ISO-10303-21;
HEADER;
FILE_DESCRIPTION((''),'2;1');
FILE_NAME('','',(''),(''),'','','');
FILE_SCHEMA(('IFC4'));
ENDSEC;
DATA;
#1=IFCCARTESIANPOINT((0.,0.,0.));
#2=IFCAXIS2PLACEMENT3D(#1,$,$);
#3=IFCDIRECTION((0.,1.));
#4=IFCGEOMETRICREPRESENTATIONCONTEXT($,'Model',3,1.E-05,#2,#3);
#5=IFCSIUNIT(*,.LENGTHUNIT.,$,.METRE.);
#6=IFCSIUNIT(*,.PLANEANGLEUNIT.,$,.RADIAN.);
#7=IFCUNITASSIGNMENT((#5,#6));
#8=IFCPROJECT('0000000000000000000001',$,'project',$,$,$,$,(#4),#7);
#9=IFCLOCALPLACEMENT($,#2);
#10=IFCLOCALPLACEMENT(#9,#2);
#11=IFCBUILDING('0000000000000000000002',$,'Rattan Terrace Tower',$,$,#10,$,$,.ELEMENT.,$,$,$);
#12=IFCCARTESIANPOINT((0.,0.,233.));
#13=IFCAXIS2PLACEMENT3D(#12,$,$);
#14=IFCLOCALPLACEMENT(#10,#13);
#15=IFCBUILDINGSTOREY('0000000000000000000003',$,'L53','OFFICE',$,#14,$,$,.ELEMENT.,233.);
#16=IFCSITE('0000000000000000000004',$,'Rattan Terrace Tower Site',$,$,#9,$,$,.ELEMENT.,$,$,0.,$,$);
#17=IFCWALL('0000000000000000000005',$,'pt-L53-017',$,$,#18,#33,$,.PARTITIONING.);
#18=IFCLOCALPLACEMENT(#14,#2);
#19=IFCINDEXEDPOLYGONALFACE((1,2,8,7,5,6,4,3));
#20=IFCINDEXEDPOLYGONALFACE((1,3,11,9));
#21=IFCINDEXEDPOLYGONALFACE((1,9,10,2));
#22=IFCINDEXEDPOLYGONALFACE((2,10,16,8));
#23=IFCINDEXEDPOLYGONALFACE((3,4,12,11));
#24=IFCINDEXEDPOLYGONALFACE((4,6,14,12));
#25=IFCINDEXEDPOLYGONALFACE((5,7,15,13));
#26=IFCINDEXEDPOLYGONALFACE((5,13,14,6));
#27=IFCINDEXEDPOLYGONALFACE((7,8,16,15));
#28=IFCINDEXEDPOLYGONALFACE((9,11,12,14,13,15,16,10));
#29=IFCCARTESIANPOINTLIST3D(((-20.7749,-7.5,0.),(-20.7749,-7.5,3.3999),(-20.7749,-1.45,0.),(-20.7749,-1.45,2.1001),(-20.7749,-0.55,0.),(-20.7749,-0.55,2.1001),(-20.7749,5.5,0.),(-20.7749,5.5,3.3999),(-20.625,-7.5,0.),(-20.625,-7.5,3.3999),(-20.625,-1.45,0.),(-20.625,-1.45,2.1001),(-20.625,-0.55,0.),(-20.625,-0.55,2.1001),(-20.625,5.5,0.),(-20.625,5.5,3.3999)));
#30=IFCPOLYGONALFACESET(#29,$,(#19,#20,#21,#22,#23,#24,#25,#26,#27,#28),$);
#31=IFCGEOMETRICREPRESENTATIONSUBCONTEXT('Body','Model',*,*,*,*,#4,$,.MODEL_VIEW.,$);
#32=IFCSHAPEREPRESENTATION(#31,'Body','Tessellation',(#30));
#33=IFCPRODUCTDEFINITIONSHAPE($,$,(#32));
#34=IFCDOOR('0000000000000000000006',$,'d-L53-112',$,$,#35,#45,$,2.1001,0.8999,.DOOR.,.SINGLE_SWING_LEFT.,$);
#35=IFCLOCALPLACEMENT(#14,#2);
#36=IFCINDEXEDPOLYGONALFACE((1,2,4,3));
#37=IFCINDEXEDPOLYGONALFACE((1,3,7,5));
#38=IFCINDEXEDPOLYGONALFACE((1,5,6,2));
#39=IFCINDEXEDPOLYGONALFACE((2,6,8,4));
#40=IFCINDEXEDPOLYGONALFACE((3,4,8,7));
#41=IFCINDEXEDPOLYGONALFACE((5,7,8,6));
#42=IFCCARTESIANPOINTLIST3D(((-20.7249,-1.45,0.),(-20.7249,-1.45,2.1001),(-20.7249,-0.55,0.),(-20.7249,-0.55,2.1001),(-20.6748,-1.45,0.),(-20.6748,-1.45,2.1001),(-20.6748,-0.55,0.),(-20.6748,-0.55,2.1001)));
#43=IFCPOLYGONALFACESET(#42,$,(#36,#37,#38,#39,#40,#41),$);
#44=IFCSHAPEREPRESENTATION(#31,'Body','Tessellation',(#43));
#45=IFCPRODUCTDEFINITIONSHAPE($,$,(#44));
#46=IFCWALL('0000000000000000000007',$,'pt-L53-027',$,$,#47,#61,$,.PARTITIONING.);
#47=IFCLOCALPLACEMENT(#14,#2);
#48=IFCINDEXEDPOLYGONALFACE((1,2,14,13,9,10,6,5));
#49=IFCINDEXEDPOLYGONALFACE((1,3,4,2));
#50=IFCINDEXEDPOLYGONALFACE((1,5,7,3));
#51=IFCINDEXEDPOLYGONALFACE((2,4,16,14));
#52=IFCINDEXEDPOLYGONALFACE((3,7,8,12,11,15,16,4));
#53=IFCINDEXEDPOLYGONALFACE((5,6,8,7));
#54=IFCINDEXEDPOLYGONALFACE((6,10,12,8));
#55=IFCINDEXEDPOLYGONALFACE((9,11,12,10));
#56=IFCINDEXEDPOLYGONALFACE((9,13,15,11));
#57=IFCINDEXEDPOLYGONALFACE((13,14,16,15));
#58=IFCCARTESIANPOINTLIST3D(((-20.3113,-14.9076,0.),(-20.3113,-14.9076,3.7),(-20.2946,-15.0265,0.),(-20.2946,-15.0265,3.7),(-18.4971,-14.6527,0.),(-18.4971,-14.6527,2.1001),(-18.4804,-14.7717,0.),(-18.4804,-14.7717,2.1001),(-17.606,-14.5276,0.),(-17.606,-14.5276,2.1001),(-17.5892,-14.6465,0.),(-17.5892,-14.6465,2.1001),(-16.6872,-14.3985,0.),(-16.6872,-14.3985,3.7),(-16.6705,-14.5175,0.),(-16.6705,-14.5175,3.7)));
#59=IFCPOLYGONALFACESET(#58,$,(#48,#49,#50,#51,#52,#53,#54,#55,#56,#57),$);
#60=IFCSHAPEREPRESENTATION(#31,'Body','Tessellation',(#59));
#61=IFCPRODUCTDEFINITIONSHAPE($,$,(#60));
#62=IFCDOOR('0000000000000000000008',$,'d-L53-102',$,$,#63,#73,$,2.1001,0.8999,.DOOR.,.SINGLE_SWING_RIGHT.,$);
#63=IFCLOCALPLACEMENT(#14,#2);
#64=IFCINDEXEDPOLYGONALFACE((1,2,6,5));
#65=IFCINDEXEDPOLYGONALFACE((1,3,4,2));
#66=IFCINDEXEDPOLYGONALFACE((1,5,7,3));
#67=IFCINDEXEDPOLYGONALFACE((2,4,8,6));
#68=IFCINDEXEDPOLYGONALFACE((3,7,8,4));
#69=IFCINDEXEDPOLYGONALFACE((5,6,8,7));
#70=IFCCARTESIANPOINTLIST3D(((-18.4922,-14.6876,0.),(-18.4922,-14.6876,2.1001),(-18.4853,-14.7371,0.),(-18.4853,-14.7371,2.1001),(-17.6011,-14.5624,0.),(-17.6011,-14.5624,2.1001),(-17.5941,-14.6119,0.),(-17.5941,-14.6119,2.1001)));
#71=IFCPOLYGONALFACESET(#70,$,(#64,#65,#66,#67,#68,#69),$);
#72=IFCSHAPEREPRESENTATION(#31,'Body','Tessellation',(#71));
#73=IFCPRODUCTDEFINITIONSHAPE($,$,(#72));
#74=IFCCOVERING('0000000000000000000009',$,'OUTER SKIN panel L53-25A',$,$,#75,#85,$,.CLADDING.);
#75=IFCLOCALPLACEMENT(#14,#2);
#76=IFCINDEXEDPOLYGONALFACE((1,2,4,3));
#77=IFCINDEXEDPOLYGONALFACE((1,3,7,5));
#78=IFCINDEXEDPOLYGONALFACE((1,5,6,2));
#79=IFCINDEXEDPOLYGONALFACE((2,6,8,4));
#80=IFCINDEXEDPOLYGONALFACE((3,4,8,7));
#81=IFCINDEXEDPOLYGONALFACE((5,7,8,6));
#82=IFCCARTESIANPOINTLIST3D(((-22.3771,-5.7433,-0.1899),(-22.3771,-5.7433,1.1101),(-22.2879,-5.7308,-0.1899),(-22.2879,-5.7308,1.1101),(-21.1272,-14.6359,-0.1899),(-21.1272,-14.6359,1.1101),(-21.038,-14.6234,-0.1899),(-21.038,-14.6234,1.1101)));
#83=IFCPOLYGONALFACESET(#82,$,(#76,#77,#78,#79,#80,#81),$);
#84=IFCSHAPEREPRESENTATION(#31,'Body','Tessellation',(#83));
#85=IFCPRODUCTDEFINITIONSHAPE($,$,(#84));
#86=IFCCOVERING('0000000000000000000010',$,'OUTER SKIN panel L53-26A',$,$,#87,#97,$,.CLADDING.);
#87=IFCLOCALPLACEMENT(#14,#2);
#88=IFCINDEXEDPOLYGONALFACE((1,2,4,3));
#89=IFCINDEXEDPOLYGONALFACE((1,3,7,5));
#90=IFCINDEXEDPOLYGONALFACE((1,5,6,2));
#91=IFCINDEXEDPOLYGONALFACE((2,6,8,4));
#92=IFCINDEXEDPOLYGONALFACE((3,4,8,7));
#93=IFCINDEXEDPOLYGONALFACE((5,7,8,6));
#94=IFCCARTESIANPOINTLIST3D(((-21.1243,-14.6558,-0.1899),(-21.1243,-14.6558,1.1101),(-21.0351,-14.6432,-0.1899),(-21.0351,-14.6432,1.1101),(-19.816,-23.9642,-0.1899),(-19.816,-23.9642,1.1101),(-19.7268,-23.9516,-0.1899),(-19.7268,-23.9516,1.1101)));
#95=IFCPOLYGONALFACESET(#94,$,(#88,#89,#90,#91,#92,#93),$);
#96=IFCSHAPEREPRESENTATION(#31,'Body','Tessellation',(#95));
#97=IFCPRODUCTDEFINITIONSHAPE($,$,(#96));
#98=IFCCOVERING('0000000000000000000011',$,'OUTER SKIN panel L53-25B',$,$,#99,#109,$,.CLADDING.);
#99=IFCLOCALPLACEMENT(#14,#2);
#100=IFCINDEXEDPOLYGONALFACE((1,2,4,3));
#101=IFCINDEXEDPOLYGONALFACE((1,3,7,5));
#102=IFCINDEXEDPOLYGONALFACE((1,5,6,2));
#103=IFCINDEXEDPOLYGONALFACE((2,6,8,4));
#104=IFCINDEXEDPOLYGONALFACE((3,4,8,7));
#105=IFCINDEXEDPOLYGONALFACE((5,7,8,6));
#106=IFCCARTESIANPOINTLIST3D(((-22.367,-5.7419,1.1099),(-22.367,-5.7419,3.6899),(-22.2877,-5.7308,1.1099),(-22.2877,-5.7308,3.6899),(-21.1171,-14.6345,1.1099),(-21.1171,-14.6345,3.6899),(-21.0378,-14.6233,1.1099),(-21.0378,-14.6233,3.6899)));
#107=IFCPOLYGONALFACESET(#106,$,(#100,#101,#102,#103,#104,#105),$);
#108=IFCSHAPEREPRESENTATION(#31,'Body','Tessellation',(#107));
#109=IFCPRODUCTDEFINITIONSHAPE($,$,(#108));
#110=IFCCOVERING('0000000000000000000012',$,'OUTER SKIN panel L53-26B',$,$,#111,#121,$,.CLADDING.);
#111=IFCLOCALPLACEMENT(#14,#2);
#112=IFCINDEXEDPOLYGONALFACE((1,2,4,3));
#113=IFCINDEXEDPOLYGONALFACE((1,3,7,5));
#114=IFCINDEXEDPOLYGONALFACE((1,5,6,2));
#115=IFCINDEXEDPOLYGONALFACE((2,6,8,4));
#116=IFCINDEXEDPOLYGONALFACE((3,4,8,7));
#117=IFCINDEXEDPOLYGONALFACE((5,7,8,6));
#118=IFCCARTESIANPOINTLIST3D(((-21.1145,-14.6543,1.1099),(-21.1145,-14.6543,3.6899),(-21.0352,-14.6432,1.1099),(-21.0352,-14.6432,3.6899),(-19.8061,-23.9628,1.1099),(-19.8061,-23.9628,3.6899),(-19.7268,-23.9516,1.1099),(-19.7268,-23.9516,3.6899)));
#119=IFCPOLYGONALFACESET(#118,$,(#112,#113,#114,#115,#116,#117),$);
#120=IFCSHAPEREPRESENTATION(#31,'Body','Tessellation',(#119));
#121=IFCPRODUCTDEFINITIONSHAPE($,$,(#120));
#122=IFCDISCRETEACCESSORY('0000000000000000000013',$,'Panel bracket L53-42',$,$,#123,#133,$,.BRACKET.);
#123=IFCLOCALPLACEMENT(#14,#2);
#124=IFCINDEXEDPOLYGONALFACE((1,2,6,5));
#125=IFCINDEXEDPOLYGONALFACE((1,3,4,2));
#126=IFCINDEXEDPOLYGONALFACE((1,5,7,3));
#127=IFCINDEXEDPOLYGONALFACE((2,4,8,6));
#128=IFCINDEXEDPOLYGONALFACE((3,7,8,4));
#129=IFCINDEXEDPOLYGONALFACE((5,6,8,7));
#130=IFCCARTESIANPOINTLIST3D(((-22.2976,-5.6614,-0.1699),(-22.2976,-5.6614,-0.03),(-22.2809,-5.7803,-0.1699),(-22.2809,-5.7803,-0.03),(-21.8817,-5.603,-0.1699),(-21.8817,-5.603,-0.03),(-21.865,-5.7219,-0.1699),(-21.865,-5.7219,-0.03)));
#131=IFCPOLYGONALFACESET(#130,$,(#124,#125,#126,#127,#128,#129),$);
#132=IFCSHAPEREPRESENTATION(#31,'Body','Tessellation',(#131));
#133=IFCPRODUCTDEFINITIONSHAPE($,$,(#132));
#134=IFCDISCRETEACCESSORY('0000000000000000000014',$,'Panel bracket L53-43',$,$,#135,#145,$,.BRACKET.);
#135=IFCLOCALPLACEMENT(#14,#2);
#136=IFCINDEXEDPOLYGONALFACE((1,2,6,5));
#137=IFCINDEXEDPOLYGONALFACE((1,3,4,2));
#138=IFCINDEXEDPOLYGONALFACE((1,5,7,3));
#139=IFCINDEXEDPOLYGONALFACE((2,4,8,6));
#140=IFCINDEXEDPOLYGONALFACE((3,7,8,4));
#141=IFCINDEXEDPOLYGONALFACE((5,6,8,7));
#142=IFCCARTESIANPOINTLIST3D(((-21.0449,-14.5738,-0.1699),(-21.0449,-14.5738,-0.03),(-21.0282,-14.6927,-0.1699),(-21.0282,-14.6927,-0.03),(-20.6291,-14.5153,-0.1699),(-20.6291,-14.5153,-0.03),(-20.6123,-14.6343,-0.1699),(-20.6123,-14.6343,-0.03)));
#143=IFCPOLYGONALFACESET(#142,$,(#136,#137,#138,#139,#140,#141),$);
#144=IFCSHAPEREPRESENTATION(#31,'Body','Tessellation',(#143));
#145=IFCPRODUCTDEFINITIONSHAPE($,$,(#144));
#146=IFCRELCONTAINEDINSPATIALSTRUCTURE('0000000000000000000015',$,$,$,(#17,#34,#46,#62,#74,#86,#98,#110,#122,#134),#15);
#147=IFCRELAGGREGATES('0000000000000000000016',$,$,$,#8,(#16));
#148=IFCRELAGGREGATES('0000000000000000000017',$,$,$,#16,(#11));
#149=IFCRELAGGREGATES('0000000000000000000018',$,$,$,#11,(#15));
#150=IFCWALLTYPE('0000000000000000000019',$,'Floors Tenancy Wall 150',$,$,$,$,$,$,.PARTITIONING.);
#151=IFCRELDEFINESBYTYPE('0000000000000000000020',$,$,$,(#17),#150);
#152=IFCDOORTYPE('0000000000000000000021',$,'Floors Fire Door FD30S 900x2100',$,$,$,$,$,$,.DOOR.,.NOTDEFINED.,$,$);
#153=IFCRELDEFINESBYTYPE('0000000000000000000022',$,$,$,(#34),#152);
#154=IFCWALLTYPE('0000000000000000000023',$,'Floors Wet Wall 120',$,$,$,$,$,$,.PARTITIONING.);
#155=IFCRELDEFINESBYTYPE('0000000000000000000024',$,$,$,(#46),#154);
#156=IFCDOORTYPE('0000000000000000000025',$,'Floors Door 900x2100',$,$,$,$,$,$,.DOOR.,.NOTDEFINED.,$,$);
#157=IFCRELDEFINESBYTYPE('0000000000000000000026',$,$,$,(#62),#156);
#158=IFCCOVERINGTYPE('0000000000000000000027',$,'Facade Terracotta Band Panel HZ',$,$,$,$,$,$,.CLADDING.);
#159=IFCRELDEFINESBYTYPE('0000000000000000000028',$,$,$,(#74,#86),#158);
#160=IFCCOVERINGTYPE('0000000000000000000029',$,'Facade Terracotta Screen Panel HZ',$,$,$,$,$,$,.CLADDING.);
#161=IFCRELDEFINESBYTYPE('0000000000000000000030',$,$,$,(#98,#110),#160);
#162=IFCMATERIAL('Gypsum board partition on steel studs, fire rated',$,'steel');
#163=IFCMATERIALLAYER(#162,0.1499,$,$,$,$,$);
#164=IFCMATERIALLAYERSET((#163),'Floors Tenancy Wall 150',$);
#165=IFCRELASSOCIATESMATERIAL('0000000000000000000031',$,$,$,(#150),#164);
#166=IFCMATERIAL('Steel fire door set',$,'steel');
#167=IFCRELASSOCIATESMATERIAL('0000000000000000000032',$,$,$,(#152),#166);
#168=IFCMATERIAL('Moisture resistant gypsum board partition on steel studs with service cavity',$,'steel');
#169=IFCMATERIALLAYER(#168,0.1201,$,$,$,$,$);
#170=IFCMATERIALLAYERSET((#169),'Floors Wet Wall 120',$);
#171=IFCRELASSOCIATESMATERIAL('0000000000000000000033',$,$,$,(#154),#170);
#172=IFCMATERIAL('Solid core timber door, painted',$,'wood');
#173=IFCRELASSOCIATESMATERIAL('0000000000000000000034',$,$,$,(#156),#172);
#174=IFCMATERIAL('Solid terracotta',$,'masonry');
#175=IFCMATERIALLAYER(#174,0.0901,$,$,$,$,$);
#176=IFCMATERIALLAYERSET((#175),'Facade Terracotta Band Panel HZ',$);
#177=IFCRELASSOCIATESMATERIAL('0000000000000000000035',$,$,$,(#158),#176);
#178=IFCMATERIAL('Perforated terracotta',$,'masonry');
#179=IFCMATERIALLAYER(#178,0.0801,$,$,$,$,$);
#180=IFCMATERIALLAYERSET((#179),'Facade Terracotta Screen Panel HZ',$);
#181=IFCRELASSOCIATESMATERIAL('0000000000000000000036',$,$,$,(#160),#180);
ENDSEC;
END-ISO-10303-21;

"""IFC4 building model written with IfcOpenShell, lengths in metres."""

from ifc_helpers import new_model, si_unit, direction, frame, frame_2d, origin, origin_2d, place, context, subcontext, project, spatial, rectangle, extrude, material, layer, layer_set, type_object, element, fill, save


model = new_model("IFC4")

# Units and contexts
model_context = context("Model", 3, precision=1e-05, world=origin(), true_north=direction((0.0, 1.0)))
body_context = subcontext(model_context, "Body", "Model", "MODEL_VIEW")
ifc_project = project(units=[si_unit("LENGTHUNIT", "METRE"), si_unit("PLANEANGLEUNIT", "RADIAN")], contexts=[model_context])

# Site, building, storey
site_placement = place(None, origin())
site = spatial("IfcSite", under=ifc_project, at=site_placement, Name="Rattan Terrace Tower Site", CompositionType="ELEMENT", RefElevation=0.0)
building_placement = place(site_placement, origin())
building = spatial("IfcBuilding", under=site, at=building_placement, Name="Rattan Terrace Tower", CompositionType="ELEMENT")
storey_placement = place(building_placement, frame((0.0, 0.0, 233.0)))
storey = spatial("IfcBuildingStorey", under=building, at=storey_placement, Name="L53", Description="OFFICE", CompositionType="ELEMENT", Elevation=233.0)

# Shared definitions
ifc_material_1 = material(Name="Gypsum board partition on steel studs, fire rated", Category="steel")
ifc_layer_1 = layer(ifc_material_1, 0.1499)
ifc_layer_set_1 = layer_set([ifc_layer_1], Name="Floors Tenancy Wall 150")
wall_type_1 = type_object("IfcWallType", Name="Floors Tenancy Wall 150", PredefinedType="PARTITIONING", material=ifc_layer_set_1)

# Walls, openings, doors
wall_1_placement = place(storey_placement, frame((-20.7, -7.5, 0.0), z_axis=(0.0, 0.0, 1.0), x_axis=(0.0, 1.0, 0.0)))
wall_1 = element("IfcWall", 1, at=wall_1_placement, inside=storey, type_object=wall_type_1, Name="pt-L53-017", PredefinedType="PARTITIONING", context=body_context, shape_type="SweptSolid", body=[
    extrude(rectangle(XDim=13.0, YDim=0.1499, at=frame_2d((6.5, 0.0))), origin(), (0.0, 0.0, 1.0), 3.3999),
])
opening_1_placement = place(wall_1_placement, frame((6.05, 0.0, 0.0)))
opening_1 = element("IfcOpeningElement", 2, at=opening_1_placement, cuts=wall_1, PredefinedType="OPENING", context=body_context, shape_type="SweptSolid", body=[
    extrude(rectangle(XDim=0.8999, YDim=2.1001, at=frame_2d((0.45, 1.05))), frame((0.0, 0.0854, 0.0), z_axis=(0.0, -1.0, 0.0), x_axis=(1.0, 0.0, 0.0)), (0.0, 0.0, 1.0), 0.1709),
])
ifc_material_2 = material(Name="Steel fire door set", Category="steel")
door_type_1 = type_object("IfcDoorType", Name="Floors Fire Door FD30S 900x2100", OperationType="NOTDEFINED", PredefinedType="DOOR", material=ifc_material_2)
door_1_placement = place(opening_1_placement, origin())
door_1 = element("IfcDoor", 3, at=door_1_placement, inside=storey, type_object=door_type_1, Name="d-L53-112", OperationType="SINGLE_SWING_LEFT", OverallHeight=2.1001, OverallWidth=0.8999, PredefinedType="DOOR", context=body_context, shape_type="SweptSolid", body=[
    extrude(rectangle(XDim=0.8999, YDim=2.1001, at=frame_2d((0.45, 1.05))), frame((0.0, 0.0249, 0.0), z_axis=(0.0, -1.0, 0.0), x_axis=(1.0, 0.0, 0.0)), (0.0, 0.0, 1.0), 0.05),
])
fill(opening_1, door_1)
ifc_material_3 = material(Name="Moisture resistant gypsum board partition on steel studs with service cavity", Category="steel")
ifc_layer_2 = layer(ifc_material_3, 0.1201)
ifc_layer_set_2 = layer_set([ifc_layer_2], Name="Floors Wet Wall 120")
wall_type_2 = type_object("IfcWallType", Name="Floors Wet Wall 120", PredefinedType="PARTITIONING", material=ifc_layer_set_2)
wall_2_placement = place(storey_placement, frame((-20.303, -14.967, 0.0), z_axis=(0.0, 0.0, 1.0), x_axis=(0.990279, 0.139095, 0.0)))
wall_2 = element("IfcWall", 4, at=wall_2_placement, inside=storey, type_object=wall_type_2, Name="pt-L53-027", PredefinedType="PARTITIONING", context=body_context, shape_type="SweptSolid", body=[
    extrude(rectangle(XDim=3.6597, YDim=0.1201, at=frame_2d((1.8298, 0.0))), origin(), (0.0, 0.0, 1.0), 3.7),
])
opening_2_placement = place(wall_2_placement, frame((1.832, 0.0, 0.0)))
opening_2 = element("IfcOpeningElement", 5, at=opening_2_placement, cuts=wall_2, PredefinedType="OPENING", context=body_context, shape_type="SweptSolid", body=[
    extrude(rectangle(XDim=0.8999, YDim=2.1001, at=frame_2d((0.45, 1.05))), frame((0.0, 0.0706, 0.0), z_axis=(0.0, -1.0, 0.0), x_axis=(1.0, 0.0, 0.0)), (0.0, 0.0, 1.0), 0.1411),
])
ifc_material_4 = material(Name="Solid core timber door, painted", Category="wood")
door_type_2 = type_object("IfcDoorType", Name="Floors Door 900x2100", OperationType="NOTDEFINED", PredefinedType="DOOR", material=ifc_material_4)
door_2_placement = place(opening_2_placement, origin())
door_2 = element("IfcDoor", 6, at=door_2_placement, inside=storey, type_object=door_type_2, Name="d-L53-102", OperationType="SINGLE_SWING_RIGHT", OverallHeight=2.1001, OverallWidth=0.8999, PredefinedType="DOOR", context=body_context, shape_type="SweptSolid", body=[
    extrude(rectangle(XDim=0.8999, YDim=2.1001, at=frame_2d((0.45, 1.05))), frame((0.0, 0.0249, 0.0), z_axis=(0.0, -1.0, 0.0), x_axis=(1.0, 0.0, 0.0)), (0.0, 0.0, 1.0), 0.05),
])
fill(opening_2, door_2)

# Coverings
ifc_material_5 = material(Name="Solid terracotta", Category="masonry")
ifc_layer_3 = layer(ifc_material_5, 0.0901)
ifc_layer_set_3 = layer_set([ifc_layer_3], Name="Facade Terracotta Band Panel HZ")
covering_type_1 = type_object("IfcCoveringType", Name="Facade Terracotta Band Panel HZ", PredefinedType="CLADDING", material=ifc_layer_set_3)
covering_1_placement = place(storey_placement, frame((-21.7075, -10.1833, -0.1899), z_axis=(0.0, 0.0, 1.0), x_axis=(0.139186, -0.990266, 0.0)))
element("IfcCovering", 7, at=covering_1_placement, inside=storey, type_object=covering_type_1, Name="OUTER SKIN panel L53-25A", PredefinedType="CLADDING", context=body_context, shape_type="SweptSolid", body=[
    extrude(rectangle(XDim=8.98, YDim=0.0901, at=origin_2d()), origin(), (0.0, 0.0, 1.0), 1.3),
])
covering_2_placement = place(storey_placement, frame((-20.4255, -19.3037, -0.1899), z_axis=(0.0, 0.0, 1.0), x_axis=(0.139186, -0.990266, 0.0)))
element("IfcCovering", 8, at=covering_2_placement, inside=storey, type_object=covering_type_1, Name="OUTER SKIN panel L53-26A", PredefinedType="CLADDING", context=body_context, shape_type="SweptSolid", body=[
    extrude(rectangle(XDim=9.3999, YDim=0.0901, at=origin_2d()), origin(), (0.0, 0.0, 1.0), 1.3),
])
ifc_material_6 = material(Name="Perforated terracotta", Category="masonry")
ifc_layer_4 = layer(ifc_material_6, 0.0801)
ifc_layer_set_4 = layer_set([ifc_layer_4], Name="Facade Terracotta Screen Panel HZ")
covering_type_2 = type_object("IfcCoveringType", Name="Facade Terracotta Screen Panel HZ", PredefinedType="CLADDING", material=ifc_layer_set_4)
covering_3_placement = place(storey_placement, frame((-21.7024, -10.1826, 1.1099), z_axis=(0.0, 0.0, 1.0), x_axis=(0.139186, -0.990266, 0.0)))
element("IfcCovering", 9, at=covering_3_placement, inside=storey, type_object=covering_type_2, Name="OUTER SKIN panel L53-25B", PredefinedType="CLADDING", context=body_context, shape_type="SweptSolid", body=[
    extrude(rectangle(XDim=8.98, YDim=0.0801, at=origin_2d()), origin(), (0.0, 0.0, 1.0), 2.5801),
])
covering_4_placement = place(storey_placement, frame((-20.4207, -19.303, 1.1099), z_axis=(0.0, 0.0, 1.0), x_axis=(0.139186, -0.990266, 0.0)))
element("IfcCovering", 10, at=covering_4_placement, inside=storey, type_object=covering_type_2, Name="OUTER SKIN panel L53-26B", PredefinedType="CLADDING", context=body_context, shape_type="SweptSolid", body=[
    extrude(rectangle(XDim=9.3999, YDim=0.0801, at=origin_2d()), origin(), (0.0, 0.0, 1.0), 2.5801),
])

# Discrete accessories
for number, where, z_axis, x_axis, name in (
    (11, (-22.0813, -5.6917, -0.1699), (0.0, 0.0, 1.0), (0.139186, -0.990266, 0.0), "Panel bracket L53-42"),
    (12, (-20.8286, -14.604, -0.1699), (0.0, 0.0, 1.0), (0.139186, -0.990266, 0.0), "Panel bracket L53-43"),
):
    element("IfcDiscreteAccessory", number, at=place(storey_placement, frame(where, z_axis=z_axis, x_axis=x_axis)), inside=storey, Name=name, PredefinedType="BRACKET", context=body_context, shape_type="SweptSolid", body=[
        extrude(rectangle(XDim=0.1201, YDim=0.4199, at=origin_2d()), origin(), (0.0, 0.0, 1.0), 0.1399),
    ])

save(model, "model.ifc")
